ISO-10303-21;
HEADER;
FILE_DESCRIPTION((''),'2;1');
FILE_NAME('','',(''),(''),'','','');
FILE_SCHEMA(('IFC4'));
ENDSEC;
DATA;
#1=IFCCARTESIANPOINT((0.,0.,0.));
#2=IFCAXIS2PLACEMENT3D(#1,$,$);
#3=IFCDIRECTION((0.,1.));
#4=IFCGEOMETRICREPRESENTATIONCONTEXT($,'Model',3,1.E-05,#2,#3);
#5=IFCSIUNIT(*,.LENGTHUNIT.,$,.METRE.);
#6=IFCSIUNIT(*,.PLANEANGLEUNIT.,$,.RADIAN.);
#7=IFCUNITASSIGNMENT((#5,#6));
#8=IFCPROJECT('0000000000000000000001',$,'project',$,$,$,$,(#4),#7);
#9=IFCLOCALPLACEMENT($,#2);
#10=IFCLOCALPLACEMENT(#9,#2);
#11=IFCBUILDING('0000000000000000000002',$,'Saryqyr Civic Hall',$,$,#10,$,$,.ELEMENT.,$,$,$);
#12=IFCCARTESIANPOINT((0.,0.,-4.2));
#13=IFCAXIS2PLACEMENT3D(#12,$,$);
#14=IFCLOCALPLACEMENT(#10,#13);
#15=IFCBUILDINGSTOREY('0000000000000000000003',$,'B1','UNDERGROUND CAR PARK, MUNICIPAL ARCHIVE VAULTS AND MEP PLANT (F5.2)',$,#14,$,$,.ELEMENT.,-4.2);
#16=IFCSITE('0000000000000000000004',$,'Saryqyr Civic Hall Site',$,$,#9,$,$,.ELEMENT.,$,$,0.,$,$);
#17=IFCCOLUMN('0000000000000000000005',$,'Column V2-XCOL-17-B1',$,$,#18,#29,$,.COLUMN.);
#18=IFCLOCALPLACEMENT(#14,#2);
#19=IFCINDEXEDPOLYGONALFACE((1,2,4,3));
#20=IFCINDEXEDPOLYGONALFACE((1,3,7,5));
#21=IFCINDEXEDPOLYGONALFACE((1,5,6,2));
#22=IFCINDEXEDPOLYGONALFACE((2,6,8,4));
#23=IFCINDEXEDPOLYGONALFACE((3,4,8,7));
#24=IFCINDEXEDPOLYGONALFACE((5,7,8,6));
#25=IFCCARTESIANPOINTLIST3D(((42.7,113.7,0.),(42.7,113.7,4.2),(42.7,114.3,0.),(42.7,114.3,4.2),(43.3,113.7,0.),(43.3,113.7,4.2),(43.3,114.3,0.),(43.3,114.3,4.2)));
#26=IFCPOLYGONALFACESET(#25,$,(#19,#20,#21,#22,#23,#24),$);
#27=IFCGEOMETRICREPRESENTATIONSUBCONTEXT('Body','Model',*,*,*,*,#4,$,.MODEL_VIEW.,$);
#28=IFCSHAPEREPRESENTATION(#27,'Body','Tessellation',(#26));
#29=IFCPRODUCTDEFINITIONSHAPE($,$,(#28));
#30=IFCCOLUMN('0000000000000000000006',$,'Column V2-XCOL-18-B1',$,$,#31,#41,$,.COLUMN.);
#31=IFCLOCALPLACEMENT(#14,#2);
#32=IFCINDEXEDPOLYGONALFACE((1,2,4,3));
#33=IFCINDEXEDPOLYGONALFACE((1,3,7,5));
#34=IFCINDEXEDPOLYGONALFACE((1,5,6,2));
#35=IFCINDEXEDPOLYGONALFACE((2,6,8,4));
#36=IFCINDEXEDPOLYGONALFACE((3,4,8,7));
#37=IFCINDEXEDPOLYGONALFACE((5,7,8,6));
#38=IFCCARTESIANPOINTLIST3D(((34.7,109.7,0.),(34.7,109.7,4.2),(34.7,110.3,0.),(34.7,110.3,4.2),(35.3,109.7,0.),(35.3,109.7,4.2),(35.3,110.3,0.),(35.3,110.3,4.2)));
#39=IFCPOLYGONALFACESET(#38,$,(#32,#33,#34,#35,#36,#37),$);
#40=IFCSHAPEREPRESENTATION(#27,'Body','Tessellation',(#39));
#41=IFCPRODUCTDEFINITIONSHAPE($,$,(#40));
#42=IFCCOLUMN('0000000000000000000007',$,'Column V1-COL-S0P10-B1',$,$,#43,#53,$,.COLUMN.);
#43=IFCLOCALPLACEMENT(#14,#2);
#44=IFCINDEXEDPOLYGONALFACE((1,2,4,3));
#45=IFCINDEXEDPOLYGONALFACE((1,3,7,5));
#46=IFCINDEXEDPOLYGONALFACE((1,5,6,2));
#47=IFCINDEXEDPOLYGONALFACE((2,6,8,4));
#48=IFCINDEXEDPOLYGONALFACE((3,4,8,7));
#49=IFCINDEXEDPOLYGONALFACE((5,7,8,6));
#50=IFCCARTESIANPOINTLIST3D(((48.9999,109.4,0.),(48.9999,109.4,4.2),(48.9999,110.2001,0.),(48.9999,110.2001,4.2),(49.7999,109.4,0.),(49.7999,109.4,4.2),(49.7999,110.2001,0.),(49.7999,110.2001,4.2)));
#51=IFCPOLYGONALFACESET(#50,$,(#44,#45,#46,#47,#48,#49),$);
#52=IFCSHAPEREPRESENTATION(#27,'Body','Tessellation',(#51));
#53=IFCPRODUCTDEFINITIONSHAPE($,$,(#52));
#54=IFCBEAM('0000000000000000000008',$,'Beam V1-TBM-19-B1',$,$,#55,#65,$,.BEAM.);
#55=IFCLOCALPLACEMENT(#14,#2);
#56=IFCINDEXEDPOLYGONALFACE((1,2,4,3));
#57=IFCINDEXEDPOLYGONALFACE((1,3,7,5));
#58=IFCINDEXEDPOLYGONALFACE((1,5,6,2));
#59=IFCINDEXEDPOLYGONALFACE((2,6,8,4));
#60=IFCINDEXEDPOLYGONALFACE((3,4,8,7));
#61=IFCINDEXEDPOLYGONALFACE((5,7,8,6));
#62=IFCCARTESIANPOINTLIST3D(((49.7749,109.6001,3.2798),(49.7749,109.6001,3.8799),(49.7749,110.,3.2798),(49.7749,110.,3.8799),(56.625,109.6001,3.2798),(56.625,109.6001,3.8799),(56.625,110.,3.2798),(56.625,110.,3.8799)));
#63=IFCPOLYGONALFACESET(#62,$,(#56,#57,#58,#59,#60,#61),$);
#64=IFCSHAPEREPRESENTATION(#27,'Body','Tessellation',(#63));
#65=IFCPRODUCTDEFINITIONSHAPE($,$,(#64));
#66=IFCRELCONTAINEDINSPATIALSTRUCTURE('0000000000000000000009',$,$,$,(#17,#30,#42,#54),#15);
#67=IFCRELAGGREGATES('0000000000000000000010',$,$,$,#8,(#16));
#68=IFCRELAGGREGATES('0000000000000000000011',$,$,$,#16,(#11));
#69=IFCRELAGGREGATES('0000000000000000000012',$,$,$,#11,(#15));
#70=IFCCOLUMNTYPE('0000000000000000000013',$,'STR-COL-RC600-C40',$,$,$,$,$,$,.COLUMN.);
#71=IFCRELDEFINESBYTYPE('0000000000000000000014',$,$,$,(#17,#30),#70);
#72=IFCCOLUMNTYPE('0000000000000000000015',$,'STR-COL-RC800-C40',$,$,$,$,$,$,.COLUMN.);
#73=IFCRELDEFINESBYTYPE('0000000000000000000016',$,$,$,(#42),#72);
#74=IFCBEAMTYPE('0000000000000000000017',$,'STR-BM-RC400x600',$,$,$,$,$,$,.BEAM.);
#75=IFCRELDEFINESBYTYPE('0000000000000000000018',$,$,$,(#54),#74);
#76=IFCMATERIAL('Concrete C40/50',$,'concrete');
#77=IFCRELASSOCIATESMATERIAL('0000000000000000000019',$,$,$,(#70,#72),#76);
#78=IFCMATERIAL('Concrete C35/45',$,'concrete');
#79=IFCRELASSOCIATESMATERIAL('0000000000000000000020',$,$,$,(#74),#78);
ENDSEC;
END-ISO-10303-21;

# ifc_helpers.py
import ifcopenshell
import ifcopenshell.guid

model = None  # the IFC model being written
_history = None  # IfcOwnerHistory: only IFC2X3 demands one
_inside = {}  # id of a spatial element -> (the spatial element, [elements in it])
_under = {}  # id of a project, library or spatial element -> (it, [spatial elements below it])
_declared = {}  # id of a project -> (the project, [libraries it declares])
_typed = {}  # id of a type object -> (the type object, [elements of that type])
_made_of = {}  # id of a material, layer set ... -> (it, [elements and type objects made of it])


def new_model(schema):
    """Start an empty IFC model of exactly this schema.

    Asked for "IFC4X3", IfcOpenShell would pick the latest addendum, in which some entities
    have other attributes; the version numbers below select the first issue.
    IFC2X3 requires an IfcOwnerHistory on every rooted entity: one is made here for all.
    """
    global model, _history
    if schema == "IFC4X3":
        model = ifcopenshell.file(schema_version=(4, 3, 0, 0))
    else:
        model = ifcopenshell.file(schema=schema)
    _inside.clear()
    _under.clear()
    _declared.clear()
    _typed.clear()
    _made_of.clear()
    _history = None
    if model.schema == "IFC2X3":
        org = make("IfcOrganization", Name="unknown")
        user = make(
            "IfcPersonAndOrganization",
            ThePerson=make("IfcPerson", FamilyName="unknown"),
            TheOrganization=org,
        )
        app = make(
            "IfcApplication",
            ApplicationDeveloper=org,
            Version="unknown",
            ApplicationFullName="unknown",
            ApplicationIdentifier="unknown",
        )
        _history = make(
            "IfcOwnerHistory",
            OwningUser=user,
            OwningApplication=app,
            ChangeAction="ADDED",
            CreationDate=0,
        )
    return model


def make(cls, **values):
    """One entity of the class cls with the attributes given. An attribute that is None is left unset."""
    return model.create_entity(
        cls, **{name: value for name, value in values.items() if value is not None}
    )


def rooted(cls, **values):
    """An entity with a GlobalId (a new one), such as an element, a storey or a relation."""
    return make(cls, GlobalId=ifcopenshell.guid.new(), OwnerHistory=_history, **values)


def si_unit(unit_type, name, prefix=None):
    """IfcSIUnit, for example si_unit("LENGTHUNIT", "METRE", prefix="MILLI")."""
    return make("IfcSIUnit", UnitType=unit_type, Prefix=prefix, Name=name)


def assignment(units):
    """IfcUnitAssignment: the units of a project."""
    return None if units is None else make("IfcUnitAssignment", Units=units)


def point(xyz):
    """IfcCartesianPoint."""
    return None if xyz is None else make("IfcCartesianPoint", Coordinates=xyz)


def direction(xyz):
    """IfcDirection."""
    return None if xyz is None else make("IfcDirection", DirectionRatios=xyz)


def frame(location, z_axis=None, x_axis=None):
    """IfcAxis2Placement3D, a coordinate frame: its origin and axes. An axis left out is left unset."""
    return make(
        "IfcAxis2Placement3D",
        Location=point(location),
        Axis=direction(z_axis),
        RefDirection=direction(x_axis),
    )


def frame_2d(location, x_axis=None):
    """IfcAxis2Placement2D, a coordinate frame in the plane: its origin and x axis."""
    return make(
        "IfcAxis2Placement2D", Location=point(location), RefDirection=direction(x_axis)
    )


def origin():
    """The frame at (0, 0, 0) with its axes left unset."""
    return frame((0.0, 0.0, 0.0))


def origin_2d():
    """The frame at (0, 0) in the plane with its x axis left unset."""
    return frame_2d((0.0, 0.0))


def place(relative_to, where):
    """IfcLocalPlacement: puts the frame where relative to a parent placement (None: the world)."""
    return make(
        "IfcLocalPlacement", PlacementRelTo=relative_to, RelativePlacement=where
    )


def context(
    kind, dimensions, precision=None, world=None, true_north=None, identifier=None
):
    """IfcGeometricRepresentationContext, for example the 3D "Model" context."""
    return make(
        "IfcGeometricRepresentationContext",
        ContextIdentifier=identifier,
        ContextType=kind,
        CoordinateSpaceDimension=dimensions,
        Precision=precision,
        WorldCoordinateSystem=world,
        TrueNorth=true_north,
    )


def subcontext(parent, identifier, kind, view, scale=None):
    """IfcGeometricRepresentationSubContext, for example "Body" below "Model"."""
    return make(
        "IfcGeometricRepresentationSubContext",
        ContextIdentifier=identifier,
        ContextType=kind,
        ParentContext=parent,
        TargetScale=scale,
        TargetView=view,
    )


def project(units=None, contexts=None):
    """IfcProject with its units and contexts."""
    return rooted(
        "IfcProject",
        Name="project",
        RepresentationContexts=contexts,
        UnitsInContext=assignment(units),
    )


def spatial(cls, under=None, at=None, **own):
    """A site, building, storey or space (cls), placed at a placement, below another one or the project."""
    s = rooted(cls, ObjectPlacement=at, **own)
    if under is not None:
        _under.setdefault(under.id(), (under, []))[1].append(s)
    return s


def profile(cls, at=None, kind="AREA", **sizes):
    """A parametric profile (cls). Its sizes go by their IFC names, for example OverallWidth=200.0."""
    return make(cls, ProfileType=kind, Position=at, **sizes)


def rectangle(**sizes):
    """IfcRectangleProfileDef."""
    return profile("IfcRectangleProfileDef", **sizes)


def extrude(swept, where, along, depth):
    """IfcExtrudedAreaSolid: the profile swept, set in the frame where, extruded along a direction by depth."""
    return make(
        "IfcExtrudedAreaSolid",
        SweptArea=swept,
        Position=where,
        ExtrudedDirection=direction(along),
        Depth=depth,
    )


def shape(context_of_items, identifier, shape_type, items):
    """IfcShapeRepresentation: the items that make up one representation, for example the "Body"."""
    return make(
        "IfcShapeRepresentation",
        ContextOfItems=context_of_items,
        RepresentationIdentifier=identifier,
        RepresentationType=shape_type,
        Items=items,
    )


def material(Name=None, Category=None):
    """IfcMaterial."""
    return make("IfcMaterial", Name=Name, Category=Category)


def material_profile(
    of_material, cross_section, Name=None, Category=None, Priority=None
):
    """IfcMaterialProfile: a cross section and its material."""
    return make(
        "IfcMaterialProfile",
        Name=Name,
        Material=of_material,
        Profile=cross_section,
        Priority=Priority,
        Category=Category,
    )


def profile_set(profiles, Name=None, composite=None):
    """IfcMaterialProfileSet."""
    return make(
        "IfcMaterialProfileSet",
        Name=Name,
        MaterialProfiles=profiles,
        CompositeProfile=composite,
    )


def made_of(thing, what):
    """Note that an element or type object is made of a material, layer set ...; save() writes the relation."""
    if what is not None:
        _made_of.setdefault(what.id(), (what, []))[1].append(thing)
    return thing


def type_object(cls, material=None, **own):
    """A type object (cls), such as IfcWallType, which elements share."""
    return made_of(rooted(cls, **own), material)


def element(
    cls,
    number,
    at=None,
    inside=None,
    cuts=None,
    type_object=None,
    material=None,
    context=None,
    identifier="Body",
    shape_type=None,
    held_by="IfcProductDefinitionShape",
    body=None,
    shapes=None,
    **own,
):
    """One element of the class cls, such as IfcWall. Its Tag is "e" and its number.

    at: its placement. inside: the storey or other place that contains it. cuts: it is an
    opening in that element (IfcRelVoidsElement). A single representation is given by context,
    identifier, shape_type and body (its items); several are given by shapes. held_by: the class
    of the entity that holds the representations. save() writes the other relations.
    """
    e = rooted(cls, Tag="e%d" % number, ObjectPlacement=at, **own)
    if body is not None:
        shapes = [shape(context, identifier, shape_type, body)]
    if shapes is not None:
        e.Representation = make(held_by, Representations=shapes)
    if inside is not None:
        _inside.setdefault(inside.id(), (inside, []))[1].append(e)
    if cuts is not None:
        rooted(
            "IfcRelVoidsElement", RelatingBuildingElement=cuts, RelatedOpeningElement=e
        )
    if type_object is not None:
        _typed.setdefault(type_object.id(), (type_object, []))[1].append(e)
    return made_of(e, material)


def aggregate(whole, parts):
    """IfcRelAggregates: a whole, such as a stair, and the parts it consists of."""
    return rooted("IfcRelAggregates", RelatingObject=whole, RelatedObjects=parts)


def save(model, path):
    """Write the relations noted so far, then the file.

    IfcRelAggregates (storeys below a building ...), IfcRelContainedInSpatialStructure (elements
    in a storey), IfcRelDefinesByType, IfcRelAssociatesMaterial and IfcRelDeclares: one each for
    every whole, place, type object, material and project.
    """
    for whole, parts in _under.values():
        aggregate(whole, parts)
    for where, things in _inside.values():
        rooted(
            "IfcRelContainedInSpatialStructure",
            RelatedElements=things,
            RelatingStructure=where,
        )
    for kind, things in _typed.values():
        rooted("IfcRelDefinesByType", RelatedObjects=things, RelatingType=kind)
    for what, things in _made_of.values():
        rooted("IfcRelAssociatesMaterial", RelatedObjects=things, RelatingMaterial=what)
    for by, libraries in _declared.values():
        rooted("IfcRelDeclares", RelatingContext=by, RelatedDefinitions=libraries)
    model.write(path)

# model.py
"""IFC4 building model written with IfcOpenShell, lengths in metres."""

from ifc_helpers import new_model, si_unit, direction, frame, origin, origin_2d, place, context, subcontext, project, spatial, rectangle, extrude, material, material_profile, profile_set, type_object, element, save


model = new_model("IFC4")

# Units and contexts
model_context = context("Model", 3, precision=1e-05, world=origin(), true_north=direction((0.0, 1.0)))
body_context = subcontext(model_context, "Body", "Model", "MODEL_VIEW")
ifc_project = project(units=[si_unit("LENGTHUNIT", "METRE"), si_unit("PLANEANGLEUNIT", "RADIAN")], contexts=[model_context])

# Site, building, storey
site_placement = place(None, origin())
site = spatial("IfcSite", under=ifc_project, at=site_placement, Name="Saryqyr Civic Hall Site", CompositionType="ELEMENT", RefElevation=0.0)
building_placement = place(site_placement, origin())
building = spatial("IfcBuilding", under=site, at=building_placement, Name="Saryqyr Civic Hall", CompositionType="ELEMENT")
storey_placement = place(building_placement, frame((0.0, 0.0, -4.2)))
storey = spatial("IfcBuildingStorey", under=building, at=storey_placement, Name="B1", Description="UNDERGROUND CAR PARK, MUNICIPAL ARCHIVE VAULTS AND MEP PLANT (F5.2)", CompositionType="ELEMENT", Elevation=-4.2)

# Shared definitions
ifc_material_1 = material(Name="Concrete C35/45", Category="concrete")

# Columns
ifc_material_2 = material(Name="Concrete C40/50", Category="concrete")
ifc_material_profile_1 = material_profile(ifc_material_2, rectangle(XDim=0.6001, YDim=0.6001, at=origin_2d()), Name="RC 600x600")
ifc_profile_set_1 = profile_set([ifc_material_profile_1], Name="Concrete C40/50")
column_type_1 = type_object("IfcColumnType", Name="STR-COL-RC600-C40", PredefinedType="COLUMN", material=ifc_profile_set_1)
for number, where, z_axis, x_axis, name in (
    (1, (43.0, 114.0, 0.0), (0.0, 0.0, 1.0), (1.0, 0.0, 0.0), "Column V2-XCOL-17-B1"),
    (2, (35.0, 110.0, 0.0), (0.0, 0.0, 1.0), (1.0, 0.0, 0.0), "Column V2-XCOL-18-B1"),
):
    element("IfcColumn", number, at=place(storey_placement, frame(where, z_axis=z_axis, x_axis=x_axis)), inside=storey, type_object=column_type_1, Name=name, PredefinedType="COLUMN", context=body_context, shape_type="SweptSolid", body=[
        extrude(rectangle(XDim=0.6001, YDim=0.6001, at=origin_2d()), origin(), (0.0, 0.0, 1.0), 4.2),
    ])
ifc_material_profile_2 = material_profile(ifc_material_2, rectangle(XDim=0.8, YDim=0.8, at=origin_2d()), Name="RC 800x800")
ifc_profile_set_2 = profile_set([ifc_material_profile_2], Name="Concrete C40/50")
column_type_2 = type_object("IfcColumnType", Name="STR-COL-RC800-C40", PredefinedType="COLUMN", material=ifc_profile_set_2)
column_placement = place(storey_placement, frame((49.3999, 109.8, 0.0), z_axis=(0.0, 0.0, 1.0), x_axis=(1.0, 0.0, 0.0)))
element("IfcColumn", 3, at=column_placement, inside=storey, type_object=column_type_2, Name="Column V1-COL-S0P10-B1", PredefinedType="COLUMN", context=body_context, shape_type="SweptSolid", body=[
    extrude(rectangle(XDim=0.8, YDim=0.8, at=origin_2d()), origin(), (0.0, 0.0, 1.0), 4.2),
])

# Beam
ifc_material_profile_3 = material_profile(ifc_material_1, rectangle(XDim=0.3999, YDim=0.6001, at=origin_2d()), Name="RC 400x600")
ifc_profile_set_3 = profile_set([ifc_material_profile_3], Name="Concrete C35/45")
beam_type = type_object("IfcBeamType", Name="STR-BM-RC400x600", PredefinedType="BEAM", material=ifc_profile_set_3)
beam_placement = place(storey_placement, frame((49.7749, 109.8, 3.5798), z_axis=(1.0, 0.0, 0.0), x_axis=(0.0, 1.0, 0.0)))
element("IfcBeam", 4, at=beam_placement, inside=storey, type_object=beam_type, Name="Beam V1-TBM-19-B1", PredefinedType="BEAM", context=body_context, shape_type="SweptSolid", body=[
    extrude(rectangle(XDim=0.3999, YDim=0.6001, at=origin_2d()), origin(), (0.0, 0.0, 1.0), 6.8501),
])

save(model, "model.ifc")
